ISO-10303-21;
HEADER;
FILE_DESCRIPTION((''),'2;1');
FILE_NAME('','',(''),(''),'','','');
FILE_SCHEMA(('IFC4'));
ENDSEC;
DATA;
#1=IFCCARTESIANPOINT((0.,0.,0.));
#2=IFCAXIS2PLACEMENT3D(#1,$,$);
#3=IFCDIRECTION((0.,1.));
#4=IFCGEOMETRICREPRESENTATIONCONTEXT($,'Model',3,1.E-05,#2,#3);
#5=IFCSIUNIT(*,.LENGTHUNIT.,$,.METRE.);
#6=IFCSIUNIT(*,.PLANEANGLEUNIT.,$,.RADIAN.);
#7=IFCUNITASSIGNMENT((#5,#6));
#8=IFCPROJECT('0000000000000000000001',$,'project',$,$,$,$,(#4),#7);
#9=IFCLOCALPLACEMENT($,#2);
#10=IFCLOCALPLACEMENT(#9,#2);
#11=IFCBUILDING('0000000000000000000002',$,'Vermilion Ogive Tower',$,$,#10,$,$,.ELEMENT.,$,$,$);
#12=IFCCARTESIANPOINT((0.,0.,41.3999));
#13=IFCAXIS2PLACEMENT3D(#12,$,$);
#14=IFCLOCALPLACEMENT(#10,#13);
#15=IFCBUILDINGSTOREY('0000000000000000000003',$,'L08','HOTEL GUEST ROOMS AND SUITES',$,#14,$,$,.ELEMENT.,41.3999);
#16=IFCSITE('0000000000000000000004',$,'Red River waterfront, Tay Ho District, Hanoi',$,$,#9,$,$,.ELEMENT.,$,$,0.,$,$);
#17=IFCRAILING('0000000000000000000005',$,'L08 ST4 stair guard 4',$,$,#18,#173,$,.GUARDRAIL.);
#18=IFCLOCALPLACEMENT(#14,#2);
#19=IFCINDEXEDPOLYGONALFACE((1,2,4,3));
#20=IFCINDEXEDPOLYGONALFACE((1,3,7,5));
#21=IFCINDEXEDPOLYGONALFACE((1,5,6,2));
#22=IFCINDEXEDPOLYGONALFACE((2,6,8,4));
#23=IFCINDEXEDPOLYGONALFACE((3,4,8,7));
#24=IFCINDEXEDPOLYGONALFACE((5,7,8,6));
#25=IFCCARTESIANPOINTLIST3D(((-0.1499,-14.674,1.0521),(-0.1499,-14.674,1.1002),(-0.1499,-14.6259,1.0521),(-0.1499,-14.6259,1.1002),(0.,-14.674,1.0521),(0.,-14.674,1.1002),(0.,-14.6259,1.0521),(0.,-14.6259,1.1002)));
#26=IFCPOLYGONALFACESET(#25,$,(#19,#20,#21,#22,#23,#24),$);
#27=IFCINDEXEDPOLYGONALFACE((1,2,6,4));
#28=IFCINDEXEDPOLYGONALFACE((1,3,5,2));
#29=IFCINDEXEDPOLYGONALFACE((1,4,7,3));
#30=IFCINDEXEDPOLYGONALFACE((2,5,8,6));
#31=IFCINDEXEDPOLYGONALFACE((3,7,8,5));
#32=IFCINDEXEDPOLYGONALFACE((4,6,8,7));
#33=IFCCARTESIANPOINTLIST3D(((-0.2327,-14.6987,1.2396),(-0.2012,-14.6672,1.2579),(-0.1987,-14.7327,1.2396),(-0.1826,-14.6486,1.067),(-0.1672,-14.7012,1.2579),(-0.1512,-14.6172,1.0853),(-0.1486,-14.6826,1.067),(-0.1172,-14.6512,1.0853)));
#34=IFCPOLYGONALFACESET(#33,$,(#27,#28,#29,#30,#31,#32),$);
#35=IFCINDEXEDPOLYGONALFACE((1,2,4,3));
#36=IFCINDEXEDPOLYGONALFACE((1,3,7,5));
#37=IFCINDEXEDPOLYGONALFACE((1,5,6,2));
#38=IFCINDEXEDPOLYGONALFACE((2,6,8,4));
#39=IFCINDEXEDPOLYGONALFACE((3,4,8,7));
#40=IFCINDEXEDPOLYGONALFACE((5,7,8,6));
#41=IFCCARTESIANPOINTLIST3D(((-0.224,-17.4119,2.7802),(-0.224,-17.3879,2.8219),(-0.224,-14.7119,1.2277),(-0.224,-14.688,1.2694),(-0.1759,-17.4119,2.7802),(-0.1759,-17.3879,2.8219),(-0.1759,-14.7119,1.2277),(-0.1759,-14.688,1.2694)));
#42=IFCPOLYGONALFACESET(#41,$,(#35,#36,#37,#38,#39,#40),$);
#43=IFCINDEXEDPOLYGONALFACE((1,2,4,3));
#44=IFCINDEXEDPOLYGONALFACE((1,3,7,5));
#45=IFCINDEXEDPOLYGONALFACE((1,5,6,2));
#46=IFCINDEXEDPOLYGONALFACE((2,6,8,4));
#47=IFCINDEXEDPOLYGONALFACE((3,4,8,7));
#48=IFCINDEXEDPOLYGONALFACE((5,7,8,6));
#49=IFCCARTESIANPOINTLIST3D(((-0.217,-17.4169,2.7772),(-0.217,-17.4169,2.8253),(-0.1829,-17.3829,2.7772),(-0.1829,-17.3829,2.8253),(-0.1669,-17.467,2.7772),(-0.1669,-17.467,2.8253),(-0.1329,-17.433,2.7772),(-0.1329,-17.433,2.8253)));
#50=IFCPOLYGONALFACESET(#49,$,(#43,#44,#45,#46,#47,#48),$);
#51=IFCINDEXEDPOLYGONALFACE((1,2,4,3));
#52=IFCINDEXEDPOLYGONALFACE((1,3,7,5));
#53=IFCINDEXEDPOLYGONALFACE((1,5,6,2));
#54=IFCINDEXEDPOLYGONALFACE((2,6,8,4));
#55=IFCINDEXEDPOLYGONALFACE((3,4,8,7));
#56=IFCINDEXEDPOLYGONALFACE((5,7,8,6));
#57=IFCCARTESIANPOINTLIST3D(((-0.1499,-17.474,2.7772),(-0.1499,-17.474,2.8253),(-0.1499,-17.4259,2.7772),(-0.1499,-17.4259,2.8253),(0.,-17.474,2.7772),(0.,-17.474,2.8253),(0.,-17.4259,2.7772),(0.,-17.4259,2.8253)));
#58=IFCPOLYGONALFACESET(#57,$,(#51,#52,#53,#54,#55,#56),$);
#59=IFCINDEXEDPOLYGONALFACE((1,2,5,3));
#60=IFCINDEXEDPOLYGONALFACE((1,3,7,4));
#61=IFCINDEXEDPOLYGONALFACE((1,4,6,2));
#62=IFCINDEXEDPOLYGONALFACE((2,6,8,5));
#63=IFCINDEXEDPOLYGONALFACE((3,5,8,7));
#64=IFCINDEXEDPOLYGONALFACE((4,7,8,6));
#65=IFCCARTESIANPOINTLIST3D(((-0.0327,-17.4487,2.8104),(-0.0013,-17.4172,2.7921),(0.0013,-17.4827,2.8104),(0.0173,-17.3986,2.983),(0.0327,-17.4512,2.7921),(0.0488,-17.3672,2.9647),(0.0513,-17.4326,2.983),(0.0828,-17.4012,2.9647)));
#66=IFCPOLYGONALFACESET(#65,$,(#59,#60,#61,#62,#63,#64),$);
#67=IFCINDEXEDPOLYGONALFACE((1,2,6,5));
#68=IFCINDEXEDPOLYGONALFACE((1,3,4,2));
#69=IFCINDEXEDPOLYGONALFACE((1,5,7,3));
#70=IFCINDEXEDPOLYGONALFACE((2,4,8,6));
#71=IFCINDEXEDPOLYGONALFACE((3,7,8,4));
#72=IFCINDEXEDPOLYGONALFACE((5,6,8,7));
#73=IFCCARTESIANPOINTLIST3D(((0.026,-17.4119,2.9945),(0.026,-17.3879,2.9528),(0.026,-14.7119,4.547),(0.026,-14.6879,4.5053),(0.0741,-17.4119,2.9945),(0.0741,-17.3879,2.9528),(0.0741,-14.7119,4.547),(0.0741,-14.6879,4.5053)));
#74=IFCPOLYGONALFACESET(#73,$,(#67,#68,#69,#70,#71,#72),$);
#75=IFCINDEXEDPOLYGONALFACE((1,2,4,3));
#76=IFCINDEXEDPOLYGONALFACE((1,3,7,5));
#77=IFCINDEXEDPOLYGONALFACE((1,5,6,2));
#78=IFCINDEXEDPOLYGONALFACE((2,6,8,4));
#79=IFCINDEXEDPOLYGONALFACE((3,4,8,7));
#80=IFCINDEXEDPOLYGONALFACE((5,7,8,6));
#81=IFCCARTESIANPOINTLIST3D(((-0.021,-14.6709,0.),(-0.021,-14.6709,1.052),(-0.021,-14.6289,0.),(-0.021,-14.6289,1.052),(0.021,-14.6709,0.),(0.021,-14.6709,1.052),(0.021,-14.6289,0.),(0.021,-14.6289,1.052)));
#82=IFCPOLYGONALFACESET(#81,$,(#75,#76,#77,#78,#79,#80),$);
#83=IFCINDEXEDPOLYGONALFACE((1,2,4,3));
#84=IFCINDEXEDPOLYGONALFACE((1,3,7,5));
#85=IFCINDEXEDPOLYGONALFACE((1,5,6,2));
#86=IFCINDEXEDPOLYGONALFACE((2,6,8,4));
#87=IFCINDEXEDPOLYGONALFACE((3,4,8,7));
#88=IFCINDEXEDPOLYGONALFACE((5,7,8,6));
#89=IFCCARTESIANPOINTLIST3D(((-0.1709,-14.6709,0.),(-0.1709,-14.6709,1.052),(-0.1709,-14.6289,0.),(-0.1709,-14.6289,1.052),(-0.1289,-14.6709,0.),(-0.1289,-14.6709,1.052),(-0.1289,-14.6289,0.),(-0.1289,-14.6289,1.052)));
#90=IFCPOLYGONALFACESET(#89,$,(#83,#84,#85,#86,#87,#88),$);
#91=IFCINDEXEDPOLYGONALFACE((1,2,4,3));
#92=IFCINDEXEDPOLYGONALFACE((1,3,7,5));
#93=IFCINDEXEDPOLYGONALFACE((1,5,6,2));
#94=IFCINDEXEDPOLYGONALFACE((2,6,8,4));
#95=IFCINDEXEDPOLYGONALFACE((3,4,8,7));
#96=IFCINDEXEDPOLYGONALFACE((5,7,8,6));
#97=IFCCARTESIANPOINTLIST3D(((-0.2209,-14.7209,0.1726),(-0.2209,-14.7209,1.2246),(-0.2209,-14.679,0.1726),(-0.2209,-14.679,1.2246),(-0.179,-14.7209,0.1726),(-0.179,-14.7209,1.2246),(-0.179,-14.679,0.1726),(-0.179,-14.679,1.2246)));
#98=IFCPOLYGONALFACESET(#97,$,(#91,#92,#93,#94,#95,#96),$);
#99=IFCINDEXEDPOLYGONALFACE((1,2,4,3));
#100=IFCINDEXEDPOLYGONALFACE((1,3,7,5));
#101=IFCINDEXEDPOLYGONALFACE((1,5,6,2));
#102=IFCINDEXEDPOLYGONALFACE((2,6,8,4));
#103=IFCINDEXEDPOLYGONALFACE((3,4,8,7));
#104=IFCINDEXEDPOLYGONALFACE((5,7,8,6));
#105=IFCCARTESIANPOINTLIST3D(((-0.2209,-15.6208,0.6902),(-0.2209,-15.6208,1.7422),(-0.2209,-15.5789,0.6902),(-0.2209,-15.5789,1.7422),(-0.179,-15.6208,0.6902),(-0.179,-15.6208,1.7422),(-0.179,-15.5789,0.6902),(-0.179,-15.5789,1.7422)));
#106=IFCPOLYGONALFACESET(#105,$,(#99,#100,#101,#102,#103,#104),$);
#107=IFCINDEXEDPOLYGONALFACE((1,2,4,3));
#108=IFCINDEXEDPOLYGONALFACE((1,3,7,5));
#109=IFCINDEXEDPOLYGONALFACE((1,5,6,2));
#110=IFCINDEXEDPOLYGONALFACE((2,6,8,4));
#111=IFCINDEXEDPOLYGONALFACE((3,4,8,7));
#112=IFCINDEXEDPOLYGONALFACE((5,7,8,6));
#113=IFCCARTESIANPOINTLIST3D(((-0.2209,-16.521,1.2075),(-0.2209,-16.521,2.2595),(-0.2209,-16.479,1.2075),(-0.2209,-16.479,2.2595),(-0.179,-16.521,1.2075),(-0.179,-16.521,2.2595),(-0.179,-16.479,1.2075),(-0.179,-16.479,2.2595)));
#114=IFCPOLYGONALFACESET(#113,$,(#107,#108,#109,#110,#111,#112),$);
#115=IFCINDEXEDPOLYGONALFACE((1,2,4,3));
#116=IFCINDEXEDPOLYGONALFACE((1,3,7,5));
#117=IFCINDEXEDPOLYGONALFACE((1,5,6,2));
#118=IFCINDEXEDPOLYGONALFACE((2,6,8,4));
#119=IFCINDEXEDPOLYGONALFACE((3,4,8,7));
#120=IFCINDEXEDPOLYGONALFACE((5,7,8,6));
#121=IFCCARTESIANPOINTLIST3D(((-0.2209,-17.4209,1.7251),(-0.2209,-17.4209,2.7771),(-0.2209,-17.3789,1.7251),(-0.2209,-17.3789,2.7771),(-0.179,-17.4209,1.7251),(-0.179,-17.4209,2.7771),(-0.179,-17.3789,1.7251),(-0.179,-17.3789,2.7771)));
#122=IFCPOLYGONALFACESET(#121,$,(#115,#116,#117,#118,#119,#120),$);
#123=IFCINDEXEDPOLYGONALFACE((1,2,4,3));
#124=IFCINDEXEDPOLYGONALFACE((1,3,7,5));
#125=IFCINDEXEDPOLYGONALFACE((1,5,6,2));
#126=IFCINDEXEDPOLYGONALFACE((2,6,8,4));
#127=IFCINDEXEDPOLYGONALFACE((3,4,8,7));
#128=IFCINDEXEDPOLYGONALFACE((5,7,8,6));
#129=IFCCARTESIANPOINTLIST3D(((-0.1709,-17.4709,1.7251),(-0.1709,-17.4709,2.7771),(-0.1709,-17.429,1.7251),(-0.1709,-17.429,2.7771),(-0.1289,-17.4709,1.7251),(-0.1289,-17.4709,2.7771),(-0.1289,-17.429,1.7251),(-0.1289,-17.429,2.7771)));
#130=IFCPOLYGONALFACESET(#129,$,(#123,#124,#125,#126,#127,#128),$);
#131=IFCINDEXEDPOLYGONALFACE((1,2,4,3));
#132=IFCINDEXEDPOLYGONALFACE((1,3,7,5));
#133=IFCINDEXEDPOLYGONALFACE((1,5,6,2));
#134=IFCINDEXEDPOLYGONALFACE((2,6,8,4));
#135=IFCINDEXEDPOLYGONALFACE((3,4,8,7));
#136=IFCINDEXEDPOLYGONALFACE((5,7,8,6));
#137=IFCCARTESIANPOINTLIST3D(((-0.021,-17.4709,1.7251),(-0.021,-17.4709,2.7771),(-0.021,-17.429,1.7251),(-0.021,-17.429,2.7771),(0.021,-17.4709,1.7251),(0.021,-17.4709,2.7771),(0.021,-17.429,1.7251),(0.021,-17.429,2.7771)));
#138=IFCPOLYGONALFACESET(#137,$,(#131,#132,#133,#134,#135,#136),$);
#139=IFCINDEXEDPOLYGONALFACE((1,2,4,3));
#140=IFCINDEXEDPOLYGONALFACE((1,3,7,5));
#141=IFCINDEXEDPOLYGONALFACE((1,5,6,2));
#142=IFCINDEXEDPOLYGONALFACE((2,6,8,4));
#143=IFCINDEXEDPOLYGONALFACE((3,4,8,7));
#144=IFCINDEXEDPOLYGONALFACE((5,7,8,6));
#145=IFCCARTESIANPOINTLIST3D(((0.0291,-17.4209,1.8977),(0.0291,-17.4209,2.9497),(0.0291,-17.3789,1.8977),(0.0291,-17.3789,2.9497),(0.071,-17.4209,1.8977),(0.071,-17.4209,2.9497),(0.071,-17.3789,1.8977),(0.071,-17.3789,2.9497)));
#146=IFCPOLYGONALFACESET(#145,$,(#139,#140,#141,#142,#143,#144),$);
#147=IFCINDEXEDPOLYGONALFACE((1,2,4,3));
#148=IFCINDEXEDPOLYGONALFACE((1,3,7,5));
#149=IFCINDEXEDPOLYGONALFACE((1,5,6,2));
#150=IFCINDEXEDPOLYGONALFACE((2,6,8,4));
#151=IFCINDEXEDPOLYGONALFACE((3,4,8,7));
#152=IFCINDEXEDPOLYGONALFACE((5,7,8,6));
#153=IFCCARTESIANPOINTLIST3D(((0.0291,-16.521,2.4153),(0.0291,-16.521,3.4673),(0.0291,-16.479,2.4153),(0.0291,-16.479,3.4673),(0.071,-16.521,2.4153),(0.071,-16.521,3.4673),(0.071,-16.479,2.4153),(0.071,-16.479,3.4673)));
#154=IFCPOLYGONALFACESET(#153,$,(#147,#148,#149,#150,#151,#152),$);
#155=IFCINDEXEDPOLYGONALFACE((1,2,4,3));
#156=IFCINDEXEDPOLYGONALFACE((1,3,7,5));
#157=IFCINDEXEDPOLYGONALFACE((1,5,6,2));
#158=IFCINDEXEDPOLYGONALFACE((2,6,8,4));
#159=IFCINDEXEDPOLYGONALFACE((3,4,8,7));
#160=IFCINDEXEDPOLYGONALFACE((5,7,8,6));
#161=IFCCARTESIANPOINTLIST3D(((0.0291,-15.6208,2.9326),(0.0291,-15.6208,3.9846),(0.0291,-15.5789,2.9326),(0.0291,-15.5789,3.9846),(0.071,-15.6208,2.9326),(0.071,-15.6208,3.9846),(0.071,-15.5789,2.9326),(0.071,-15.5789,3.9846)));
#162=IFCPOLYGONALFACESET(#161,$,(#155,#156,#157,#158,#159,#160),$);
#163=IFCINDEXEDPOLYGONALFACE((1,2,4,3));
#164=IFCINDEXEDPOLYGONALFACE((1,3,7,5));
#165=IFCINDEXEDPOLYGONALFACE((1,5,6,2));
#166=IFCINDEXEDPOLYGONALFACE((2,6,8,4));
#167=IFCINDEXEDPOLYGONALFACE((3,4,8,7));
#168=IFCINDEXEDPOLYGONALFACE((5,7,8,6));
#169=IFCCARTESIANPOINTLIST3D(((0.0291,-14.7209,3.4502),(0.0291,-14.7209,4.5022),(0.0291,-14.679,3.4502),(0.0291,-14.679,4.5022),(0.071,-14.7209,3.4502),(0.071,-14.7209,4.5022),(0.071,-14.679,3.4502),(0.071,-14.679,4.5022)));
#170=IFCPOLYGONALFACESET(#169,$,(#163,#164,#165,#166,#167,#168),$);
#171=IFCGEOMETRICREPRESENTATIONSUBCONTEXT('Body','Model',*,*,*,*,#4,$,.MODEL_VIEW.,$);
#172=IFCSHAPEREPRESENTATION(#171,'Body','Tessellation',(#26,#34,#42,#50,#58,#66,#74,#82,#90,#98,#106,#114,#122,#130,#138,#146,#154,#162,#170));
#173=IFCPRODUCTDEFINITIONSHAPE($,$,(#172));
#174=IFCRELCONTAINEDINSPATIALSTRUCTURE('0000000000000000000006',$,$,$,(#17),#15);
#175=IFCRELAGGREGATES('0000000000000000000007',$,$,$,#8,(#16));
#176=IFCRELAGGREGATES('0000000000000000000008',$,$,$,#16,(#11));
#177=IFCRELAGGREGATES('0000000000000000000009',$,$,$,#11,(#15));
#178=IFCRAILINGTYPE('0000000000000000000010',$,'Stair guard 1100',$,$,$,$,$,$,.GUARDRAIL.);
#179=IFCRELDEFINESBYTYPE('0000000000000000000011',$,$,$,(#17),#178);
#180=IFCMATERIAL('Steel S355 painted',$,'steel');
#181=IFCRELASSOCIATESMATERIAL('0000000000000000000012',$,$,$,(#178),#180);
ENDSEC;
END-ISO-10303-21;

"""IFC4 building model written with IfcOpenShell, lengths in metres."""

from ifc_helpers import new_model, si_unit, direction, frame, origin, origin_2d, place, context, subcontext, project, spatial, rectangle, extrude, material, type_object, element, save


model = new_model("IFC4")

# Units and contexts
model_context = context("Model", 3, precision=1e-05, world=origin(), true_north=direction((0.0, 1.0)))
body_context = subcontext(model_context, "Body", "Model", "MODEL_VIEW")
ifc_project = project(units=[si_unit("LENGTHUNIT", "METRE"), si_unit("PLANEANGLEUNIT", "RADIAN")], contexts=[model_context])

# Site, building, storey
site_placement = place(None, origin())
site = spatial("IfcSite", under=ifc_project, at=site_placement, Name="Red River waterfront, Tay Ho District, Hanoi", CompositionType="ELEMENT", RefElevation=0.0)
building_placement = place(site_placement, origin())
building = spatial("IfcBuilding", under=site, at=building_placement, Name="Vermilion Ogive Tower", CompositionType="ELEMENT")
storey_placement = place(building_placement, frame((0.0, 0.0, 41.3999)))
storey = spatial("IfcBuildingStorey", under=building, at=storey_placement, Name="L08", Description="HOTEL GUEST ROOMS AND SUITES", CompositionType="ELEMENT", Elevation=41.3999)

# Railing
ifc_material_1 = material(Name="Steel S355 painted", Category="steel")
railing_type_1 = type_object("IfcRailingType", Name="Stair guard 1100", PredefinedType="GUARDRAIL", material=ifc_material_1)
railing_1_placement = place(storey_placement, frame((0.0, -14.6499, 0.0)))
element("IfcRailing", 1, at=railing_1_placement, inside=storey, type_object=railing_type_1, Name="L08 ST4 stair guard 4", PredefinedType="GUARDRAIL", context=body_context, shape_type="SweptSolid", body=[
    extrude(rectangle(XDim=0.0481, YDim=0.0481, at=origin_2d()), frame((0.0, 0.0, 1.0762), z_axis=(-1.0, 0.0, 0.0), x_axis=(0.0, -1.0, 0.0)), (0.0, 0.0, 1.0), 0.1499),
    extrude(rectangle(XDim=0.0481, YDim=0.0481, at=origin_2d()), frame((-0.1499, 0.0, 1.0762), z_axis=(-0.268278, -0.268278, 0.925232), x_axis=(0.707107, -0.707107, 0.0)), (0.0, 0.0, 1.0), 0.1865),
    extrude(rectangle(XDim=0.0481, YDim=0.0481, at=origin_2d()), frame((-0.2, -0.05, 1.2485), z_axis=(0.0, -0.866904, 0.498476), x_axis=(1.0, 0.0, 0.0)), (0.0, 0.0, 1.0), 3.1145),
    extrude(rectangle(XDim=0.0481, YDim=0.0481, at=origin_2d()), frame((-0.2, -2.75, 2.8013), z_axis=(0.707107, -0.707107, 0.0), x_axis=(0.707107, 0.707107, 0.0)), (0.0, 0.0, 1.0), 0.0708),
    extrude(rectangle(XDim=0.0481, YDim=0.0481, at=origin_2d()), frame((-0.1499, -2.8, 2.8013), z_axis=(1.0, 0.0, 0.0), x_axis=(0.0, 1.0, 0.0)), (0.0, 0.0, 1.0), 0.1499),
    extrude(rectangle(XDim=0.0481, YDim=0.0481, at=origin_2d()), frame((0.0, -2.8, 2.8013), z_axis=(0.268278, 0.268278, 0.925232), x_axis=(-0.707107, 0.707107, 0.0)), (0.0, 0.0, 1.0), 0.1865),
    extrude(rectangle(XDim=0.0481, YDim=0.0481, at=origin_2d()), frame((0.05, -2.75, 2.9736), z_axis=(0.0, 0.866904, 0.498476), x_axis=(-1.0, 0.0, 0.0)), (0.0, 0.0, 1.0), 3.1145),
    extrude(rectangle(XDim=0.042, YDim=0.042, at=origin_2d()), origin(), (0.0, 0.0, 1.0), 1.052),
    extrude(rectangle(XDim=0.042, YDim=0.042, at=origin_2d()), frame((-0.1499, 0.0, 0.0)), (0.0, 0.0, 1.0), 1.052),
    extrude(rectangle(XDim=0.042, YDim=0.042, at=origin_2d()), frame((-0.2, -0.05, 0.1726)), (0.0, 0.0, 1.0), 1.052),
    extrude(rectangle(XDim=0.042, YDim=0.042, at=origin_2d()), frame((-0.2, -0.95, 0.6902)), (0.0, 0.0, 1.0), 1.052),
    extrude(rectangle(XDim=0.042, YDim=0.042, at=origin_2d()), frame((-0.2, -1.8501, 1.2075)), (0.0, 0.0, 1.0), 1.052),
    extrude(rectangle(XDim=0.042, YDim=0.042, at=origin_2d()), frame((-0.2, -2.75, 1.7251)), (0.0, 0.0, 1.0), 1.052),
    extrude(rectangle(XDim=0.042, YDim=0.042, at=origin_2d()), frame((-0.1499, -2.8, 1.7251)), (0.0, 0.0, 1.0), 1.052),
    extrude(rectangle(XDim=0.042, YDim=0.042, at=origin_2d()), frame((0.0, -2.8, 1.7251)), (0.0, 0.0, 1.0), 1.052),
    extrude(rectangle(XDim=0.042, YDim=0.042, at=origin_2d()), frame((0.05, -2.75, 1.8977)), (0.0, 0.0, 1.0), 1.052),
    extrude(rectangle(XDim=0.042, YDim=0.042, at=origin_2d()), frame((0.05, -1.8501, 2.4153)), (0.0, 0.0, 1.0), 1.052),
    extrude(rectangle(XDim=0.042, YDim=0.042, at=origin_2d()), frame((0.05, -0.95, 2.9326)), (0.0, 0.0, 1.0), 1.052),
    extrude(rectangle(XDim=0.042, YDim=0.042, at=origin_2d()), frame((0.05, -0.05, 3.4502)), (0.0, 0.0, 1.0), 1.052),
])

save(model, "model.ifc")
